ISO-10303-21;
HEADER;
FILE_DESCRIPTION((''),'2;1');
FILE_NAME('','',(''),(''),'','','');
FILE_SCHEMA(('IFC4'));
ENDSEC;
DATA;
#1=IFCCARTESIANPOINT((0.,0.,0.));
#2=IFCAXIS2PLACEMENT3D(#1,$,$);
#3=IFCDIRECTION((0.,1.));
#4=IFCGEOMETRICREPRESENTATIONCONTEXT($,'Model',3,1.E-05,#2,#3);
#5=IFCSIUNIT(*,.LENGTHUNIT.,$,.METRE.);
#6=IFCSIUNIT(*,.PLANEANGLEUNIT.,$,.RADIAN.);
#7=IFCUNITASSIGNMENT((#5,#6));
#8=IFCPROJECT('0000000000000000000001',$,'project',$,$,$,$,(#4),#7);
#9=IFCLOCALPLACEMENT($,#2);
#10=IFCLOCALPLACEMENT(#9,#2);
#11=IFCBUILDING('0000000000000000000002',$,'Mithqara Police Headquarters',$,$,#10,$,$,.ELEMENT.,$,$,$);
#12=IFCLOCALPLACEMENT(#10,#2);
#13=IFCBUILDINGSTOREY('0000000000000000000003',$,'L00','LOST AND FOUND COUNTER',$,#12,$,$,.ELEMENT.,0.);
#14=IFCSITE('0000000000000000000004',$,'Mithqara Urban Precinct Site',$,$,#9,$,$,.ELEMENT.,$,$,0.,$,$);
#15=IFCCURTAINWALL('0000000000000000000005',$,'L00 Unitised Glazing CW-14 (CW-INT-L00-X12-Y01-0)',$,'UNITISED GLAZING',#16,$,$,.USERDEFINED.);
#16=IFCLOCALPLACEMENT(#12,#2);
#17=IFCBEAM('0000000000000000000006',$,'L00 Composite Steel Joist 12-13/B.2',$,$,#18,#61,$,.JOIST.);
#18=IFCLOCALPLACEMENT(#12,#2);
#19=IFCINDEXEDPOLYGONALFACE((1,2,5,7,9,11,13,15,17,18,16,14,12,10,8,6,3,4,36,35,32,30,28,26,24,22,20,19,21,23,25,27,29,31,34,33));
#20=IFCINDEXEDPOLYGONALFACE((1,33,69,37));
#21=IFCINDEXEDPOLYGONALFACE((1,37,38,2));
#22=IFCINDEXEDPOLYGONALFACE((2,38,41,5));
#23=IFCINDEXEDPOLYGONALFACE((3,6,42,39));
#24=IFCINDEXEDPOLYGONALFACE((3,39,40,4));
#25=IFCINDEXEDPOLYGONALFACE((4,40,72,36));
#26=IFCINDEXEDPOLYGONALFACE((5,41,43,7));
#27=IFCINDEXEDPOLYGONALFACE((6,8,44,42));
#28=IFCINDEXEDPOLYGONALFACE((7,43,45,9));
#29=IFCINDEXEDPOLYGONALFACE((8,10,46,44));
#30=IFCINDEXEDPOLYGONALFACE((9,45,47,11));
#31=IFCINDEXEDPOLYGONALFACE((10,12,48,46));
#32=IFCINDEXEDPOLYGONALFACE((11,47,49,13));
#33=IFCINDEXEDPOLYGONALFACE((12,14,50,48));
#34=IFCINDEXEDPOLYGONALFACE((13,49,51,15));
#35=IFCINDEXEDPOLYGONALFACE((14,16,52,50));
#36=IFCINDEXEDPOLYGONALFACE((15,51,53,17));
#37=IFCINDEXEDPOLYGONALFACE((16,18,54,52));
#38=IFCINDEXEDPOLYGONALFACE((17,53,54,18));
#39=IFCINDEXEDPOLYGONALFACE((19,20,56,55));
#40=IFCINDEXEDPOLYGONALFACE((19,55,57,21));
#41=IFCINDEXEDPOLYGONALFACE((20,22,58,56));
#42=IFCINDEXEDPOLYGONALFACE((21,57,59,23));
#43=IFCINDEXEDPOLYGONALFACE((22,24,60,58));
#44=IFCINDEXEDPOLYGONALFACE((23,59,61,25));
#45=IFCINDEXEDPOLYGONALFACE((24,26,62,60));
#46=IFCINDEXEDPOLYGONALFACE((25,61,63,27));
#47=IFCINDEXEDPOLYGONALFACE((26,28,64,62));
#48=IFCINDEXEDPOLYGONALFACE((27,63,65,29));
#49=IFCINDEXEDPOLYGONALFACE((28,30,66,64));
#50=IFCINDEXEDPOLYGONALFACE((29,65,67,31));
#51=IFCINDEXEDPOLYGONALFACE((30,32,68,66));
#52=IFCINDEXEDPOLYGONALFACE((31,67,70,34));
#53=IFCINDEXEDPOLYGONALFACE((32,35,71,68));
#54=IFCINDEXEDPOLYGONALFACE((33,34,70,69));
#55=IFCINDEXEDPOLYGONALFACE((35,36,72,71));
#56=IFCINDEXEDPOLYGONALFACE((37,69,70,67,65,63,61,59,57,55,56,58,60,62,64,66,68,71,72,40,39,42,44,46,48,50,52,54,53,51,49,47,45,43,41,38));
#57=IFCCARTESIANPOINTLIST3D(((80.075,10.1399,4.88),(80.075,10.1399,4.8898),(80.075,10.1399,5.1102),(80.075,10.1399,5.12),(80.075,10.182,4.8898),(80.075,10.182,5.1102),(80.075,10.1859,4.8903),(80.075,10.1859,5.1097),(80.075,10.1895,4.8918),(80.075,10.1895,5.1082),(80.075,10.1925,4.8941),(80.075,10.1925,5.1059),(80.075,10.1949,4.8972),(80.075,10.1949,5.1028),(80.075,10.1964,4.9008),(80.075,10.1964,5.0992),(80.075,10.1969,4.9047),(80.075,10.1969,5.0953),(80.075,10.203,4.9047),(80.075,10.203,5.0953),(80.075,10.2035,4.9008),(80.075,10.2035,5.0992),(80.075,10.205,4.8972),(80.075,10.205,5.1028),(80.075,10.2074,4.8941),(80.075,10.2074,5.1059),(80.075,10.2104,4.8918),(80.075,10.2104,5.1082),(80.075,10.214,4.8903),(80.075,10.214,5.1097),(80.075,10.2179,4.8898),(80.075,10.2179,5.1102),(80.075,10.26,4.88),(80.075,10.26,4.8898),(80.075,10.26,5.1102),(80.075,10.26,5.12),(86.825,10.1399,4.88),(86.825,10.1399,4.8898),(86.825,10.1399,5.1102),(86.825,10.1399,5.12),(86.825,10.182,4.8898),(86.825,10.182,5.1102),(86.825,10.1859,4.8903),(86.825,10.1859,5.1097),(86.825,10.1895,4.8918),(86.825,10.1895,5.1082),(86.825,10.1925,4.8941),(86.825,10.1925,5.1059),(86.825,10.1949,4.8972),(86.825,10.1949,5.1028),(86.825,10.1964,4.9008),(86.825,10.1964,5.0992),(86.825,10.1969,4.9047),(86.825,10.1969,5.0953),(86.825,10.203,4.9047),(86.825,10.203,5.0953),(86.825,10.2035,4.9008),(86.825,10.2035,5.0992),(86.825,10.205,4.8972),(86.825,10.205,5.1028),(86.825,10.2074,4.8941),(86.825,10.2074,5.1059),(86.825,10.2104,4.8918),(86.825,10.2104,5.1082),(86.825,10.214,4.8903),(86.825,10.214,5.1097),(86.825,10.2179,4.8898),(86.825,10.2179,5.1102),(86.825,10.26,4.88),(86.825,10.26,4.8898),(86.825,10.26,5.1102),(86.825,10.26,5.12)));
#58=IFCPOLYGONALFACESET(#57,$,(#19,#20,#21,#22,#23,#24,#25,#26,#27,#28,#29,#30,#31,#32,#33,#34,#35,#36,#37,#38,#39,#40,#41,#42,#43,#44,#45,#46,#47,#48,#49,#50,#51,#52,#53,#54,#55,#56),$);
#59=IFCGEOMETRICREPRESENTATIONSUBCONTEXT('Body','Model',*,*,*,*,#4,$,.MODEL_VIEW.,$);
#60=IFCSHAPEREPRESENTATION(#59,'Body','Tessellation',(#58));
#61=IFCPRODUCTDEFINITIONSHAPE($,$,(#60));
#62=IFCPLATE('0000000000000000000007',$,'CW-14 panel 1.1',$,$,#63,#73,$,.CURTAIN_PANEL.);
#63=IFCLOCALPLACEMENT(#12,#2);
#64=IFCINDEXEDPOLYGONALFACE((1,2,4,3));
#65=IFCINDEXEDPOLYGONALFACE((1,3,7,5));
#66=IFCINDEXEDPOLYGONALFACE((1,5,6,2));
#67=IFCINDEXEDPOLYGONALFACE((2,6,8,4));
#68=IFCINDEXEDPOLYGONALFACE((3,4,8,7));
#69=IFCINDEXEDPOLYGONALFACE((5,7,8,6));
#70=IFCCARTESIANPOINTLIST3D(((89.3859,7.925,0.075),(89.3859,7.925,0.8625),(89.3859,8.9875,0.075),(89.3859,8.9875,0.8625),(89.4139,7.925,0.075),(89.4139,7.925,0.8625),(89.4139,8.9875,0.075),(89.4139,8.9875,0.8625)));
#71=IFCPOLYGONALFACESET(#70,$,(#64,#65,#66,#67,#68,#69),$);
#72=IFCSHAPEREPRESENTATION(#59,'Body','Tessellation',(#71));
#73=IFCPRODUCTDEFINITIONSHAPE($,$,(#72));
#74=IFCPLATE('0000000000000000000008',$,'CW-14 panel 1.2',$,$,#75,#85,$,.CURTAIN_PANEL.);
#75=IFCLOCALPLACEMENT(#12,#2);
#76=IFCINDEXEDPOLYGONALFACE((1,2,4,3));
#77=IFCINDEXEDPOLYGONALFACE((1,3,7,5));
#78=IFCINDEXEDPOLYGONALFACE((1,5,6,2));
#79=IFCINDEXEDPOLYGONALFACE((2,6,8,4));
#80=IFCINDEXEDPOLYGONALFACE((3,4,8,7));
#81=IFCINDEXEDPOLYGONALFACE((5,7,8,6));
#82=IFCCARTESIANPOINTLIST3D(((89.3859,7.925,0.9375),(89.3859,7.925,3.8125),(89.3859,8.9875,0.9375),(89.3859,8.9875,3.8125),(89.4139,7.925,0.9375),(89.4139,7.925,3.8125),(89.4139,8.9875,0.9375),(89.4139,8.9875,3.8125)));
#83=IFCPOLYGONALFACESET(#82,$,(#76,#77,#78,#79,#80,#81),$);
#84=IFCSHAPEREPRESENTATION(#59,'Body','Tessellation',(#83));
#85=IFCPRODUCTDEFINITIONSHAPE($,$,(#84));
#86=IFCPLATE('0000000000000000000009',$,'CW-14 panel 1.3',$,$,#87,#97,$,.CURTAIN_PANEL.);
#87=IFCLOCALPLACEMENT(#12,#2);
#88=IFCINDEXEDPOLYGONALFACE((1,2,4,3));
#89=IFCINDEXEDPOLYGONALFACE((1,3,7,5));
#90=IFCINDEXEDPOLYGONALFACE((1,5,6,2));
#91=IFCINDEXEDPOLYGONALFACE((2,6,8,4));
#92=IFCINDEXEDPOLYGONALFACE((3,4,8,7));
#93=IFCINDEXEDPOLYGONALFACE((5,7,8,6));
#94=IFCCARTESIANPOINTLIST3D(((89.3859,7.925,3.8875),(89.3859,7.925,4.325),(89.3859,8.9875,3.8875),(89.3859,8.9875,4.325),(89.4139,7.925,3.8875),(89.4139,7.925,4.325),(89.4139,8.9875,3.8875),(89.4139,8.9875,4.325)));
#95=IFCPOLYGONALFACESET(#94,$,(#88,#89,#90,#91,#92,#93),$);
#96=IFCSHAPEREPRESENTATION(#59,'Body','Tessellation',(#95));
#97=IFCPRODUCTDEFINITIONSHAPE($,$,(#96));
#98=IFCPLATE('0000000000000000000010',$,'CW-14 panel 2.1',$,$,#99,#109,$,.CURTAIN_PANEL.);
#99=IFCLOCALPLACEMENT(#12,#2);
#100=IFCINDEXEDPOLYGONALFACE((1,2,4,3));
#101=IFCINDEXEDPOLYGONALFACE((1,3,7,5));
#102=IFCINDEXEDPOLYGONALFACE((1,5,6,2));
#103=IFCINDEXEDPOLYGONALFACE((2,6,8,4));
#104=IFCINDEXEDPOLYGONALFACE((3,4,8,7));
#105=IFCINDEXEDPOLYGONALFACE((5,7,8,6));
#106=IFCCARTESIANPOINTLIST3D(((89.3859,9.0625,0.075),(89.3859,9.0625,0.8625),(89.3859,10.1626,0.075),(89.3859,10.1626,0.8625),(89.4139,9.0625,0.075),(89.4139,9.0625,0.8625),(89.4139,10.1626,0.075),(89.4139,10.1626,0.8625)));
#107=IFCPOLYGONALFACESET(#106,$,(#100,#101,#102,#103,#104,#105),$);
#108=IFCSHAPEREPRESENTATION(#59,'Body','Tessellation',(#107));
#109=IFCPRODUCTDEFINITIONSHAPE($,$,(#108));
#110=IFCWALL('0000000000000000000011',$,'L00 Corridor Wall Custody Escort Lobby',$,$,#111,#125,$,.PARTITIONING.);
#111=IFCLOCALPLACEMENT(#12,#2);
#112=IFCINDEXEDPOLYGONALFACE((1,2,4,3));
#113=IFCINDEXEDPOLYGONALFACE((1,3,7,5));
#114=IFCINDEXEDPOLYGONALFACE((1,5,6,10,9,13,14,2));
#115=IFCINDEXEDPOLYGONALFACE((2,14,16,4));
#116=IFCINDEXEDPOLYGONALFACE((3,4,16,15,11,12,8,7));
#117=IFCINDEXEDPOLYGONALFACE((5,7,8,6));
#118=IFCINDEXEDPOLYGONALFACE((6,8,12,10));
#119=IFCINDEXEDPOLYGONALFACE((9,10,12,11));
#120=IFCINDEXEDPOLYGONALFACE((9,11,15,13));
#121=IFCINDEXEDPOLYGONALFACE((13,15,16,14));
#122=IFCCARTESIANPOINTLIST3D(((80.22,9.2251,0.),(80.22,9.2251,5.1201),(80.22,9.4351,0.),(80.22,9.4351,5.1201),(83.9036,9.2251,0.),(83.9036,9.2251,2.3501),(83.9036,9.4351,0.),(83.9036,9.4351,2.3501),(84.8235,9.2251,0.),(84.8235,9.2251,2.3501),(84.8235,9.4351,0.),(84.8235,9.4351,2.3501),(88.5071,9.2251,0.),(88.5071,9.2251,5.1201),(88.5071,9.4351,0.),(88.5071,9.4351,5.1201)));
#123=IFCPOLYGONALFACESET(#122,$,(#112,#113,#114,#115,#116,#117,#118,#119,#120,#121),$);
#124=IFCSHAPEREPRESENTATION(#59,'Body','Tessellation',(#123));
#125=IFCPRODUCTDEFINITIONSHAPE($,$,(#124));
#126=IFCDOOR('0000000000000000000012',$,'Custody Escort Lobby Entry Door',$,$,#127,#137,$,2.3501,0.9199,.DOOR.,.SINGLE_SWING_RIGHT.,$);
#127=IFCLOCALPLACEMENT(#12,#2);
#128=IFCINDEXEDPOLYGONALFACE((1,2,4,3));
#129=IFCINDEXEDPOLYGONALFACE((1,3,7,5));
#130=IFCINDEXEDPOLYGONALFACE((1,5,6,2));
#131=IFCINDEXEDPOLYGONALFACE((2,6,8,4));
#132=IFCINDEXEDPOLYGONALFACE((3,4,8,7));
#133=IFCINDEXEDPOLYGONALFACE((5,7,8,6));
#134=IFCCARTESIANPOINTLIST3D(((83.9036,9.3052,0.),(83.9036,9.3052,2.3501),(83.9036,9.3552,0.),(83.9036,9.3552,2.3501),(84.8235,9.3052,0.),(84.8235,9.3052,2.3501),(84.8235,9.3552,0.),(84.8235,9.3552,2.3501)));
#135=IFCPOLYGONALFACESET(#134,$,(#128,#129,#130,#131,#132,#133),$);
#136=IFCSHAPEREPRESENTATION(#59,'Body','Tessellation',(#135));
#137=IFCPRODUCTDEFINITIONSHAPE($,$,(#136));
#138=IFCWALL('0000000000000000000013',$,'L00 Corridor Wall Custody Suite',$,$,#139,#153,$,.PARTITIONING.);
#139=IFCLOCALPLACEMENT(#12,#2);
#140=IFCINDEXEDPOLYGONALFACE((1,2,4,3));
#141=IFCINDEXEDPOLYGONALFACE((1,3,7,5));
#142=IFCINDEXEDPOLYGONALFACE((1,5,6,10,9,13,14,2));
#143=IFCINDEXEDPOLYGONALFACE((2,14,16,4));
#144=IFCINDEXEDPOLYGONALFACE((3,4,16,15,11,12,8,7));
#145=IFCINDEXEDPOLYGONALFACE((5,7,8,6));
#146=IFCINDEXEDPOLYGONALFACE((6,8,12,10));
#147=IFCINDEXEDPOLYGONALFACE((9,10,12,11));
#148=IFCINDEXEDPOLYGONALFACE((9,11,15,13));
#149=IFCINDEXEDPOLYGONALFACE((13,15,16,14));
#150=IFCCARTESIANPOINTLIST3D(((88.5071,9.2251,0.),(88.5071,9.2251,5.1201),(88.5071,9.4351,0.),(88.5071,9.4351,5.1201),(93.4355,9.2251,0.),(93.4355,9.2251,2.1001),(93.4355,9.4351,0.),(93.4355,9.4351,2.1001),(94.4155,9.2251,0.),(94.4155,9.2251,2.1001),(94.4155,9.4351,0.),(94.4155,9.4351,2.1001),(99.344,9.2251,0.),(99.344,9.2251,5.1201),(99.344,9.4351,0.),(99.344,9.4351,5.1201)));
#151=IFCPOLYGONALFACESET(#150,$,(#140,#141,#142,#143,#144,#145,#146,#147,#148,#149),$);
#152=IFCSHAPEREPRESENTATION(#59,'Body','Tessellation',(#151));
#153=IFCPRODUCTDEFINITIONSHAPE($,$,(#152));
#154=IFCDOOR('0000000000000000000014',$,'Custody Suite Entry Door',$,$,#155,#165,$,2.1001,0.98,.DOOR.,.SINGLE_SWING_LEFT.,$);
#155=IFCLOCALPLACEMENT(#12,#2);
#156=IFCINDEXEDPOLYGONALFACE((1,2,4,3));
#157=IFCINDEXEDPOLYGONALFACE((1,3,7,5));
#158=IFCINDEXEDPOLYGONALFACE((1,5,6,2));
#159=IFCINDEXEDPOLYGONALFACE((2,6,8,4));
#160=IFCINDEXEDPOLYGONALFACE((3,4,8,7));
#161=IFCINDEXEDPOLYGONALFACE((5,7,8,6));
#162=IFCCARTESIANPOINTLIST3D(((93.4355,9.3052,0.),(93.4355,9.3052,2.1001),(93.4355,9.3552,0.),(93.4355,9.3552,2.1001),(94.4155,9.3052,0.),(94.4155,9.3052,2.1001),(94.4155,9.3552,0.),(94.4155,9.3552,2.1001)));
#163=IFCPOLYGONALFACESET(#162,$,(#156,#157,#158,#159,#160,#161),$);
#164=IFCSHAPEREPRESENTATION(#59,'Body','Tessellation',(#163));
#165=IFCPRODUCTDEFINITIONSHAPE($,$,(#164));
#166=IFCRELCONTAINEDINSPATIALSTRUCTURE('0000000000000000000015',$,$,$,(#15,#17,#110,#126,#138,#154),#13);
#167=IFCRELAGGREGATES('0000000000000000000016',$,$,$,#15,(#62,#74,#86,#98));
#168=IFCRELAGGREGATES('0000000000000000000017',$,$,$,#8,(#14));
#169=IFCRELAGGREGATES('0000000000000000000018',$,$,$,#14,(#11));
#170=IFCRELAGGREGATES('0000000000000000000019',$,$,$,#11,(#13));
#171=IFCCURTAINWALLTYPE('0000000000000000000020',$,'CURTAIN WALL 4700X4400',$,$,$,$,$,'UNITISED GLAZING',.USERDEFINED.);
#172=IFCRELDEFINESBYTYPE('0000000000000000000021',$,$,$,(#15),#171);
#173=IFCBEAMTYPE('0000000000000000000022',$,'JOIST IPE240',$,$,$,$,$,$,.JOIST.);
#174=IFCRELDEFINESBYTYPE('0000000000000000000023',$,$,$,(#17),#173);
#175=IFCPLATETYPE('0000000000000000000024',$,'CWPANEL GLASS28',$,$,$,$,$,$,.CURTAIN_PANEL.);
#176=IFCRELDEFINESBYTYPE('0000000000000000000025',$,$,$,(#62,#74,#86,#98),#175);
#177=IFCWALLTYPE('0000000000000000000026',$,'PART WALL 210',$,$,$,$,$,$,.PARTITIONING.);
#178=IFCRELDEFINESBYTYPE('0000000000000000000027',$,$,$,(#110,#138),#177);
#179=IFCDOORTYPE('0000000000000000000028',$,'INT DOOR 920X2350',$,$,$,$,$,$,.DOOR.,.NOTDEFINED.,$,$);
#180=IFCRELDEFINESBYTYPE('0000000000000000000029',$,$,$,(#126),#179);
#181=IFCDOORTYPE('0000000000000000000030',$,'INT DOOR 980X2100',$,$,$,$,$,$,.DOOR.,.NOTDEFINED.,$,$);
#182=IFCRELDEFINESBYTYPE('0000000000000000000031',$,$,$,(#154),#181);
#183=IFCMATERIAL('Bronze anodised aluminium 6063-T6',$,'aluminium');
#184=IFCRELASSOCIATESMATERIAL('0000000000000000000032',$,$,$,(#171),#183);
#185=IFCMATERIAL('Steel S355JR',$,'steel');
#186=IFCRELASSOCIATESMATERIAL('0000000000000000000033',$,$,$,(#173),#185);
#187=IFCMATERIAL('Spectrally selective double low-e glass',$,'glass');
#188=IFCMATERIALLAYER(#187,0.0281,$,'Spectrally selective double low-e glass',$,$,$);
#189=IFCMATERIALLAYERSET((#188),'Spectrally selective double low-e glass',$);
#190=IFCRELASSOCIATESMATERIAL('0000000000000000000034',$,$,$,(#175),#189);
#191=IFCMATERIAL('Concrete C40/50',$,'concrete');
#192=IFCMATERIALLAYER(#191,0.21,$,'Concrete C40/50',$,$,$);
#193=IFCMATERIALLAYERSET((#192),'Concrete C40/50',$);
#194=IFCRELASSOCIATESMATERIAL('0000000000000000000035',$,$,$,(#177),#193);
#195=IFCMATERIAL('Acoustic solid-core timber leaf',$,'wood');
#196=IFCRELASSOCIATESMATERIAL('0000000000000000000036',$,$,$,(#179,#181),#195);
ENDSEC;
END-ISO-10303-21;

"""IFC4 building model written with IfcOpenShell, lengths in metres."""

from ifc_helpers import new_model, si_unit, direction, frame, frame_2d, origin, origin_2d, place, context, subcontext, project, spatial, rectangle, i_section, extrude, material, layer, layer_set, material_profile, profile_set, type_object, element, fill, aggregate, save


model = new_model("IFC4")

# Units and contexts
model_context = context("Model", 3, precision=1e-05, world=origin(), true_north=direction((0.0, 1.0)))
body_context = subcontext(model_context, "Body", "Model", "MODEL_VIEW")
ifc_project = project(units=[si_unit("LENGTHUNIT", "METRE"), si_unit("PLANEANGLEUNIT", "RADIAN")], contexts=[model_context])

# Site, building, storey
site_placement = place(None, origin())
site = spatial("IfcSite", under=ifc_project, at=site_placement, Name="Mithqara Urban Precinct Site", CompositionType="ELEMENT", RefElevation=0.0)
building_placement = place(site_placement, origin())
building = spatial("IfcBuilding", under=site, at=building_placement, Name="Mithqara Police Headquarters", CompositionType="ELEMENT")
storey_placement = place(building_placement, origin())
storey = spatial("IfcBuildingStorey", under=building, at=storey_placement, Name="L00", Description="LOST AND FOUND COUNTER", CompositionType="ELEMENT", Elevation=0.0)

# Shared definitions
ifc_material_1 = material(Name="Concrete C40/50", Category="concrete")

# Curtain wall
ifc_material_2 = material(Name="Bronze anodised aluminium 6063-T6", Category="aluminium")
curtain_wall_type = type_object("IfcCurtainWallType", Name="CURTAIN WALL 4700X4400", ElementType="UNITISED GLAZING", PredefinedType="USERDEFINED", material=ifc_material_2)
curtain_wall_placement = place(storey_placement, origin())
curtain_wall = element("IfcCurtainWall", 1, at=curtain_wall_placement, inside=storey, type_object=curtain_wall_type, Name="L00 Unitised Glazing CW-14 (CW-INT-L00-X12-Y01-0)", ObjectType="UNITISED GLAZING", PredefinedType="USERDEFINED")

# Beam
ifc_material_3 = material(Name="Steel S355JR", Category="steel")
ifc_material_profile_1 = material_profile(ifc_material_3, i_section(OverallWidth=0.1201, OverallDepth=0.24, WebThickness=0.0061, FlangeThickness=0.0098, FilletRadius=0.0149, at=origin_2d()), Name="IPE 240")
ifc_profile_set_1 = profile_set([ifc_material_profile_1], Name="Steel S355JR")
beam_type_1 = type_object("IfcBeamType", Name="JOIST IPE240", PredefinedType="JOIST", material=ifc_profile_set_1)
beam_1_placement = place(storey_placement, frame((80.075, 10.2, 5.0), z_axis=(1.0, 0.0, 0.0), x_axis=(0.0, 1.0, 0.0)))
element("IfcBeam", 2, at=beam_1_placement, inside=storey, type_object=beam_type_1, Name="L00 Composite Steel Joist 12-13/B.2", PredefinedType="JOIST", context=body_context, shape_type="SweptSolid", body=[
    extrude(i_section(OverallWidth=0.1201, OverallDepth=0.24, WebThickness=0.0061, FlangeThickness=0.0098, FilletRadius=0.0149, at=origin_2d()), origin(), (0.0, 0.0, 1.0), 6.75),
])

# Plates
ifc_material_4 = material(Name="Spectrally selective double low-e glass", Category="glass")
ifc_layer_1 = layer(ifc_material_4, 0.0281, Name="Spectrally selective double low-e glass")
ifc_layer_set_1 = layer_set([ifc_layer_1], Name="Spectrally selective double low-e glass")
plate_type = type_object("IfcPlateType", Name="CWPANEL GLASS28", PredefinedType="CURTAIN_PANEL", material=ifc_layer_set_1)
plate_1_placement = place(storey_placement, frame((89.3999, 8.4563, 0.075), z_axis=(0.0, 0.0, 1.0), x_axis=(0.0, 1.0, 0.0)))
plate_1 = element("IfcPlate", 3, at=plate_1_placement, type_object=plate_type, Name="CW-14 panel 1.1", PredefinedType="CURTAIN_PANEL", context=body_context, shape_type="SweptSolid", body=[
    extrude(rectangle(XDim=1.0625, YDim=0.0281, at=origin_2d()), origin(), (0.0, 0.0, 1.0), 0.7876),
])
plate_2_placement = place(storey_placement, frame((89.3999, 8.4563, 0.9375), z_axis=(0.0, 0.0, 1.0), x_axis=(0.0, 1.0, 0.0)))
plate_2 = element("IfcPlate", 4, at=plate_2_placement, type_object=plate_type, Name="CW-14 panel 1.2", PredefinedType="CURTAIN_PANEL", context=body_context, shape_type="SweptSolid", body=[
    extrude(rectangle(XDim=1.0625, YDim=0.0281, at=origin_2d()), origin(), (0.0, 0.0, 1.0), 2.875),
])
plate_3_placement = place(storey_placement, frame((89.3999, 8.4563, 3.8875), z_axis=(0.0, 0.0, 1.0), x_axis=(0.0, 1.0, 0.0)))
plate_3 = element("IfcPlate", 5, at=plate_3_placement, type_object=plate_type, Name="CW-14 panel 1.3", PredefinedType="CURTAIN_PANEL", context=body_context, shape_type="SweptSolid", body=[
    extrude(rectangle(XDim=1.0625, YDim=0.0281, at=origin_2d()), origin(), (0.0, 0.0, 1.0), 0.4375),
])
plate_4_placement = place(storey_placement, frame((89.3999, 9.6125, 0.075), z_axis=(0.0, 0.0, 1.0), x_axis=(0.0, 1.0, 0.0)))
plate_4 = element("IfcPlate", 6, at=plate_4_placement, type_object=plate_type, Name="CW-14 panel 2.1", PredefinedType="CURTAIN_PANEL", context=body_context, shape_type="SweptSolid", body=[
    extrude(rectangle(XDim=1.1001, YDim=0.0281, at=origin_2d()), origin(), (0.0, 0.0, 1.0), 0.7876),
])
aggregate(curtain_wall, [plate_1, plate_2, plate_3, plate_4])

# Walls, openings, doors
ifc_layer_2 = layer(ifc_material_1, 0.21, Name="Concrete C40/50")
ifc_layer_set_2 = layer_set([ifc_layer_2], Name="Concrete C40/50")
wall_type_1 = type_object("IfcWallType", Name="PART WALL 210", PredefinedType="PARTITIONING", material=ifc_layer_set_2)
wall_1_placement = place(storey_placement, frame((80.22, 9.3301, 0.0), z_axis=(0.0, 0.0, 1.0), x_axis=(1.0, 0.0, 0.0)))
wall_1 = element("IfcWall", 7, at=wall_1_placement, inside=storey, type_object=wall_type_1, Name="L00 Corridor Wall Custody Escort Lobby", PredefinedType="PARTITIONING", context=body_context, shape_type="SweptSolid", body=[
    extrude(rectangle(XDim=8.2871, YDim=0.21, at=frame_2d((4.1436, 0.0))), origin(), (0.0, 0.0, 1.0), 5.1201),
])
opening_1_placement = place(wall_1_placement, frame((3.6836, 0.0, 0.0)))
opening_1 = element("IfcOpeningElement", 8, at=opening_1_placement, cuts=wall_1, PredefinedType="OPENING", context=body_context, shape_type="SweptSolid", body=[
    extrude(rectangle(XDim=0.9199, YDim=2.3501, at=frame_2d((0.46, 1.175))), frame((0.0, 0.115, 0.0), z_axis=(0.0, -1.0, 0.0), x_axis=(1.0, 0.0, 0.0)), (0.0, 0.0, 1.0), 0.23),
])
ifc_material_5 = material(Name="Acoustic solid-core timber leaf", Category="wood")
door_type_1 = type_object("IfcDoorType", Name="INT DOOR 920X2350", OperationType="NOTDEFINED", PredefinedType="DOOR", material=ifc_material_5)
door_1_placement = place(opening_1_placement, frame((0.9199, 0.0, 0.0), z_axis=(0.0, 0.0, 1.0), x_axis=(-1.0, 0.0, 0.0)))
door_1 = element("IfcDoor", 9, at=door_1_placement, inside=storey, type_object=door_type_1, Name="Custody Escort Lobby Entry Door", OperationType="SINGLE_SWING_RIGHT", OverallHeight=2.3501, OverallWidth=0.9199, PredefinedType="DOOR", context=body_context, shape_type="SweptSolid", body=[
    extrude(rectangle(XDim=0.9199, YDim=2.3501, at=frame_2d((0.46, 1.175))), frame((0.0, 0.0249, 0.0), z_axis=(0.0, -1.0, 0.0), x_axis=(1.0, 0.0, 0.0)), (0.0, 0.0, 1.0), 0.05),
])
fill(opening_1, door_1)
wall_2_placement = place(storey_placement, frame((88.5071, 9.3301, 0.0), z_axis=(0.0, 0.0, 1.0), x_axis=(1.0, 0.0, 0.0)))
wall_2 = element("IfcWall", 10, at=wall_2_placement, inside=storey, type_object=wall_type_1, Name="L00 Corridor Wall Custody Suite", PredefinedType="PARTITIONING", context=body_context, shape_type="SweptSolid", body=[
    extrude(rectangle(XDim=10.8369, YDim=0.21, at=frame_2d((5.4185, 0.0))), origin(), (0.0, 0.0, 1.0), 5.1201),
])
opening_2_placement = place(wall_2_placement, frame((4.9285, 0.0, 0.0)))
opening_2 = element("IfcOpeningElement", 11, at=opening_2_placement, cuts=wall_2, PredefinedType="OPENING", context=body_context, shape_type="SweptSolid", body=[
    extrude(rectangle(XDim=0.98, YDim=2.1001, at=frame_2d((0.49, 1.05))), frame((0.0, 0.115, 0.0), z_axis=(0.0, -1.0, 0.0), x_axis=(1.0, 0.0, 0.0)), (0.0, 0.0, 1.0), 0.23),
])
door_type_2 = type_object("IfcDoorType", Name="INT DOOR 980X2100", OperationType="NOTDEFINED", PredefinedType="DOOR", material=ifc_material_5)
door_2_placement = place(opening_2_placement, frame((0.98, 0.0, 0.0), z_axis=(0.0, 0.0, 1.0), x_axis=(-1.0, 0.0, 0.0)))
door_2 = element("IfcDoor", 12, at=door_2_placement, inside=storey, type_object=door_type_2, Name="Custody Suite Entry Door", OperationType="SINGLE_SWING_LEFT", OverallHeight=2.1001, OverallWidth=0.98, PredefinedType="DOOR", context=body_context, shape_type="SweptSolid", body=[
    extrude(rectangle(XDim=0.98, YDim=2.1001, at=frame_2d((0.49, 1.05))), frame((0.0, 0.0249, 0.0), z_axis=(0.0, -1.0, 0.0), x_axis=(1.0, 0.0, 0.0)), (0.0, 0.0, 1.0), 0.05),
])
fill(opening_2, door_2)

save(model, "model.ifc")
